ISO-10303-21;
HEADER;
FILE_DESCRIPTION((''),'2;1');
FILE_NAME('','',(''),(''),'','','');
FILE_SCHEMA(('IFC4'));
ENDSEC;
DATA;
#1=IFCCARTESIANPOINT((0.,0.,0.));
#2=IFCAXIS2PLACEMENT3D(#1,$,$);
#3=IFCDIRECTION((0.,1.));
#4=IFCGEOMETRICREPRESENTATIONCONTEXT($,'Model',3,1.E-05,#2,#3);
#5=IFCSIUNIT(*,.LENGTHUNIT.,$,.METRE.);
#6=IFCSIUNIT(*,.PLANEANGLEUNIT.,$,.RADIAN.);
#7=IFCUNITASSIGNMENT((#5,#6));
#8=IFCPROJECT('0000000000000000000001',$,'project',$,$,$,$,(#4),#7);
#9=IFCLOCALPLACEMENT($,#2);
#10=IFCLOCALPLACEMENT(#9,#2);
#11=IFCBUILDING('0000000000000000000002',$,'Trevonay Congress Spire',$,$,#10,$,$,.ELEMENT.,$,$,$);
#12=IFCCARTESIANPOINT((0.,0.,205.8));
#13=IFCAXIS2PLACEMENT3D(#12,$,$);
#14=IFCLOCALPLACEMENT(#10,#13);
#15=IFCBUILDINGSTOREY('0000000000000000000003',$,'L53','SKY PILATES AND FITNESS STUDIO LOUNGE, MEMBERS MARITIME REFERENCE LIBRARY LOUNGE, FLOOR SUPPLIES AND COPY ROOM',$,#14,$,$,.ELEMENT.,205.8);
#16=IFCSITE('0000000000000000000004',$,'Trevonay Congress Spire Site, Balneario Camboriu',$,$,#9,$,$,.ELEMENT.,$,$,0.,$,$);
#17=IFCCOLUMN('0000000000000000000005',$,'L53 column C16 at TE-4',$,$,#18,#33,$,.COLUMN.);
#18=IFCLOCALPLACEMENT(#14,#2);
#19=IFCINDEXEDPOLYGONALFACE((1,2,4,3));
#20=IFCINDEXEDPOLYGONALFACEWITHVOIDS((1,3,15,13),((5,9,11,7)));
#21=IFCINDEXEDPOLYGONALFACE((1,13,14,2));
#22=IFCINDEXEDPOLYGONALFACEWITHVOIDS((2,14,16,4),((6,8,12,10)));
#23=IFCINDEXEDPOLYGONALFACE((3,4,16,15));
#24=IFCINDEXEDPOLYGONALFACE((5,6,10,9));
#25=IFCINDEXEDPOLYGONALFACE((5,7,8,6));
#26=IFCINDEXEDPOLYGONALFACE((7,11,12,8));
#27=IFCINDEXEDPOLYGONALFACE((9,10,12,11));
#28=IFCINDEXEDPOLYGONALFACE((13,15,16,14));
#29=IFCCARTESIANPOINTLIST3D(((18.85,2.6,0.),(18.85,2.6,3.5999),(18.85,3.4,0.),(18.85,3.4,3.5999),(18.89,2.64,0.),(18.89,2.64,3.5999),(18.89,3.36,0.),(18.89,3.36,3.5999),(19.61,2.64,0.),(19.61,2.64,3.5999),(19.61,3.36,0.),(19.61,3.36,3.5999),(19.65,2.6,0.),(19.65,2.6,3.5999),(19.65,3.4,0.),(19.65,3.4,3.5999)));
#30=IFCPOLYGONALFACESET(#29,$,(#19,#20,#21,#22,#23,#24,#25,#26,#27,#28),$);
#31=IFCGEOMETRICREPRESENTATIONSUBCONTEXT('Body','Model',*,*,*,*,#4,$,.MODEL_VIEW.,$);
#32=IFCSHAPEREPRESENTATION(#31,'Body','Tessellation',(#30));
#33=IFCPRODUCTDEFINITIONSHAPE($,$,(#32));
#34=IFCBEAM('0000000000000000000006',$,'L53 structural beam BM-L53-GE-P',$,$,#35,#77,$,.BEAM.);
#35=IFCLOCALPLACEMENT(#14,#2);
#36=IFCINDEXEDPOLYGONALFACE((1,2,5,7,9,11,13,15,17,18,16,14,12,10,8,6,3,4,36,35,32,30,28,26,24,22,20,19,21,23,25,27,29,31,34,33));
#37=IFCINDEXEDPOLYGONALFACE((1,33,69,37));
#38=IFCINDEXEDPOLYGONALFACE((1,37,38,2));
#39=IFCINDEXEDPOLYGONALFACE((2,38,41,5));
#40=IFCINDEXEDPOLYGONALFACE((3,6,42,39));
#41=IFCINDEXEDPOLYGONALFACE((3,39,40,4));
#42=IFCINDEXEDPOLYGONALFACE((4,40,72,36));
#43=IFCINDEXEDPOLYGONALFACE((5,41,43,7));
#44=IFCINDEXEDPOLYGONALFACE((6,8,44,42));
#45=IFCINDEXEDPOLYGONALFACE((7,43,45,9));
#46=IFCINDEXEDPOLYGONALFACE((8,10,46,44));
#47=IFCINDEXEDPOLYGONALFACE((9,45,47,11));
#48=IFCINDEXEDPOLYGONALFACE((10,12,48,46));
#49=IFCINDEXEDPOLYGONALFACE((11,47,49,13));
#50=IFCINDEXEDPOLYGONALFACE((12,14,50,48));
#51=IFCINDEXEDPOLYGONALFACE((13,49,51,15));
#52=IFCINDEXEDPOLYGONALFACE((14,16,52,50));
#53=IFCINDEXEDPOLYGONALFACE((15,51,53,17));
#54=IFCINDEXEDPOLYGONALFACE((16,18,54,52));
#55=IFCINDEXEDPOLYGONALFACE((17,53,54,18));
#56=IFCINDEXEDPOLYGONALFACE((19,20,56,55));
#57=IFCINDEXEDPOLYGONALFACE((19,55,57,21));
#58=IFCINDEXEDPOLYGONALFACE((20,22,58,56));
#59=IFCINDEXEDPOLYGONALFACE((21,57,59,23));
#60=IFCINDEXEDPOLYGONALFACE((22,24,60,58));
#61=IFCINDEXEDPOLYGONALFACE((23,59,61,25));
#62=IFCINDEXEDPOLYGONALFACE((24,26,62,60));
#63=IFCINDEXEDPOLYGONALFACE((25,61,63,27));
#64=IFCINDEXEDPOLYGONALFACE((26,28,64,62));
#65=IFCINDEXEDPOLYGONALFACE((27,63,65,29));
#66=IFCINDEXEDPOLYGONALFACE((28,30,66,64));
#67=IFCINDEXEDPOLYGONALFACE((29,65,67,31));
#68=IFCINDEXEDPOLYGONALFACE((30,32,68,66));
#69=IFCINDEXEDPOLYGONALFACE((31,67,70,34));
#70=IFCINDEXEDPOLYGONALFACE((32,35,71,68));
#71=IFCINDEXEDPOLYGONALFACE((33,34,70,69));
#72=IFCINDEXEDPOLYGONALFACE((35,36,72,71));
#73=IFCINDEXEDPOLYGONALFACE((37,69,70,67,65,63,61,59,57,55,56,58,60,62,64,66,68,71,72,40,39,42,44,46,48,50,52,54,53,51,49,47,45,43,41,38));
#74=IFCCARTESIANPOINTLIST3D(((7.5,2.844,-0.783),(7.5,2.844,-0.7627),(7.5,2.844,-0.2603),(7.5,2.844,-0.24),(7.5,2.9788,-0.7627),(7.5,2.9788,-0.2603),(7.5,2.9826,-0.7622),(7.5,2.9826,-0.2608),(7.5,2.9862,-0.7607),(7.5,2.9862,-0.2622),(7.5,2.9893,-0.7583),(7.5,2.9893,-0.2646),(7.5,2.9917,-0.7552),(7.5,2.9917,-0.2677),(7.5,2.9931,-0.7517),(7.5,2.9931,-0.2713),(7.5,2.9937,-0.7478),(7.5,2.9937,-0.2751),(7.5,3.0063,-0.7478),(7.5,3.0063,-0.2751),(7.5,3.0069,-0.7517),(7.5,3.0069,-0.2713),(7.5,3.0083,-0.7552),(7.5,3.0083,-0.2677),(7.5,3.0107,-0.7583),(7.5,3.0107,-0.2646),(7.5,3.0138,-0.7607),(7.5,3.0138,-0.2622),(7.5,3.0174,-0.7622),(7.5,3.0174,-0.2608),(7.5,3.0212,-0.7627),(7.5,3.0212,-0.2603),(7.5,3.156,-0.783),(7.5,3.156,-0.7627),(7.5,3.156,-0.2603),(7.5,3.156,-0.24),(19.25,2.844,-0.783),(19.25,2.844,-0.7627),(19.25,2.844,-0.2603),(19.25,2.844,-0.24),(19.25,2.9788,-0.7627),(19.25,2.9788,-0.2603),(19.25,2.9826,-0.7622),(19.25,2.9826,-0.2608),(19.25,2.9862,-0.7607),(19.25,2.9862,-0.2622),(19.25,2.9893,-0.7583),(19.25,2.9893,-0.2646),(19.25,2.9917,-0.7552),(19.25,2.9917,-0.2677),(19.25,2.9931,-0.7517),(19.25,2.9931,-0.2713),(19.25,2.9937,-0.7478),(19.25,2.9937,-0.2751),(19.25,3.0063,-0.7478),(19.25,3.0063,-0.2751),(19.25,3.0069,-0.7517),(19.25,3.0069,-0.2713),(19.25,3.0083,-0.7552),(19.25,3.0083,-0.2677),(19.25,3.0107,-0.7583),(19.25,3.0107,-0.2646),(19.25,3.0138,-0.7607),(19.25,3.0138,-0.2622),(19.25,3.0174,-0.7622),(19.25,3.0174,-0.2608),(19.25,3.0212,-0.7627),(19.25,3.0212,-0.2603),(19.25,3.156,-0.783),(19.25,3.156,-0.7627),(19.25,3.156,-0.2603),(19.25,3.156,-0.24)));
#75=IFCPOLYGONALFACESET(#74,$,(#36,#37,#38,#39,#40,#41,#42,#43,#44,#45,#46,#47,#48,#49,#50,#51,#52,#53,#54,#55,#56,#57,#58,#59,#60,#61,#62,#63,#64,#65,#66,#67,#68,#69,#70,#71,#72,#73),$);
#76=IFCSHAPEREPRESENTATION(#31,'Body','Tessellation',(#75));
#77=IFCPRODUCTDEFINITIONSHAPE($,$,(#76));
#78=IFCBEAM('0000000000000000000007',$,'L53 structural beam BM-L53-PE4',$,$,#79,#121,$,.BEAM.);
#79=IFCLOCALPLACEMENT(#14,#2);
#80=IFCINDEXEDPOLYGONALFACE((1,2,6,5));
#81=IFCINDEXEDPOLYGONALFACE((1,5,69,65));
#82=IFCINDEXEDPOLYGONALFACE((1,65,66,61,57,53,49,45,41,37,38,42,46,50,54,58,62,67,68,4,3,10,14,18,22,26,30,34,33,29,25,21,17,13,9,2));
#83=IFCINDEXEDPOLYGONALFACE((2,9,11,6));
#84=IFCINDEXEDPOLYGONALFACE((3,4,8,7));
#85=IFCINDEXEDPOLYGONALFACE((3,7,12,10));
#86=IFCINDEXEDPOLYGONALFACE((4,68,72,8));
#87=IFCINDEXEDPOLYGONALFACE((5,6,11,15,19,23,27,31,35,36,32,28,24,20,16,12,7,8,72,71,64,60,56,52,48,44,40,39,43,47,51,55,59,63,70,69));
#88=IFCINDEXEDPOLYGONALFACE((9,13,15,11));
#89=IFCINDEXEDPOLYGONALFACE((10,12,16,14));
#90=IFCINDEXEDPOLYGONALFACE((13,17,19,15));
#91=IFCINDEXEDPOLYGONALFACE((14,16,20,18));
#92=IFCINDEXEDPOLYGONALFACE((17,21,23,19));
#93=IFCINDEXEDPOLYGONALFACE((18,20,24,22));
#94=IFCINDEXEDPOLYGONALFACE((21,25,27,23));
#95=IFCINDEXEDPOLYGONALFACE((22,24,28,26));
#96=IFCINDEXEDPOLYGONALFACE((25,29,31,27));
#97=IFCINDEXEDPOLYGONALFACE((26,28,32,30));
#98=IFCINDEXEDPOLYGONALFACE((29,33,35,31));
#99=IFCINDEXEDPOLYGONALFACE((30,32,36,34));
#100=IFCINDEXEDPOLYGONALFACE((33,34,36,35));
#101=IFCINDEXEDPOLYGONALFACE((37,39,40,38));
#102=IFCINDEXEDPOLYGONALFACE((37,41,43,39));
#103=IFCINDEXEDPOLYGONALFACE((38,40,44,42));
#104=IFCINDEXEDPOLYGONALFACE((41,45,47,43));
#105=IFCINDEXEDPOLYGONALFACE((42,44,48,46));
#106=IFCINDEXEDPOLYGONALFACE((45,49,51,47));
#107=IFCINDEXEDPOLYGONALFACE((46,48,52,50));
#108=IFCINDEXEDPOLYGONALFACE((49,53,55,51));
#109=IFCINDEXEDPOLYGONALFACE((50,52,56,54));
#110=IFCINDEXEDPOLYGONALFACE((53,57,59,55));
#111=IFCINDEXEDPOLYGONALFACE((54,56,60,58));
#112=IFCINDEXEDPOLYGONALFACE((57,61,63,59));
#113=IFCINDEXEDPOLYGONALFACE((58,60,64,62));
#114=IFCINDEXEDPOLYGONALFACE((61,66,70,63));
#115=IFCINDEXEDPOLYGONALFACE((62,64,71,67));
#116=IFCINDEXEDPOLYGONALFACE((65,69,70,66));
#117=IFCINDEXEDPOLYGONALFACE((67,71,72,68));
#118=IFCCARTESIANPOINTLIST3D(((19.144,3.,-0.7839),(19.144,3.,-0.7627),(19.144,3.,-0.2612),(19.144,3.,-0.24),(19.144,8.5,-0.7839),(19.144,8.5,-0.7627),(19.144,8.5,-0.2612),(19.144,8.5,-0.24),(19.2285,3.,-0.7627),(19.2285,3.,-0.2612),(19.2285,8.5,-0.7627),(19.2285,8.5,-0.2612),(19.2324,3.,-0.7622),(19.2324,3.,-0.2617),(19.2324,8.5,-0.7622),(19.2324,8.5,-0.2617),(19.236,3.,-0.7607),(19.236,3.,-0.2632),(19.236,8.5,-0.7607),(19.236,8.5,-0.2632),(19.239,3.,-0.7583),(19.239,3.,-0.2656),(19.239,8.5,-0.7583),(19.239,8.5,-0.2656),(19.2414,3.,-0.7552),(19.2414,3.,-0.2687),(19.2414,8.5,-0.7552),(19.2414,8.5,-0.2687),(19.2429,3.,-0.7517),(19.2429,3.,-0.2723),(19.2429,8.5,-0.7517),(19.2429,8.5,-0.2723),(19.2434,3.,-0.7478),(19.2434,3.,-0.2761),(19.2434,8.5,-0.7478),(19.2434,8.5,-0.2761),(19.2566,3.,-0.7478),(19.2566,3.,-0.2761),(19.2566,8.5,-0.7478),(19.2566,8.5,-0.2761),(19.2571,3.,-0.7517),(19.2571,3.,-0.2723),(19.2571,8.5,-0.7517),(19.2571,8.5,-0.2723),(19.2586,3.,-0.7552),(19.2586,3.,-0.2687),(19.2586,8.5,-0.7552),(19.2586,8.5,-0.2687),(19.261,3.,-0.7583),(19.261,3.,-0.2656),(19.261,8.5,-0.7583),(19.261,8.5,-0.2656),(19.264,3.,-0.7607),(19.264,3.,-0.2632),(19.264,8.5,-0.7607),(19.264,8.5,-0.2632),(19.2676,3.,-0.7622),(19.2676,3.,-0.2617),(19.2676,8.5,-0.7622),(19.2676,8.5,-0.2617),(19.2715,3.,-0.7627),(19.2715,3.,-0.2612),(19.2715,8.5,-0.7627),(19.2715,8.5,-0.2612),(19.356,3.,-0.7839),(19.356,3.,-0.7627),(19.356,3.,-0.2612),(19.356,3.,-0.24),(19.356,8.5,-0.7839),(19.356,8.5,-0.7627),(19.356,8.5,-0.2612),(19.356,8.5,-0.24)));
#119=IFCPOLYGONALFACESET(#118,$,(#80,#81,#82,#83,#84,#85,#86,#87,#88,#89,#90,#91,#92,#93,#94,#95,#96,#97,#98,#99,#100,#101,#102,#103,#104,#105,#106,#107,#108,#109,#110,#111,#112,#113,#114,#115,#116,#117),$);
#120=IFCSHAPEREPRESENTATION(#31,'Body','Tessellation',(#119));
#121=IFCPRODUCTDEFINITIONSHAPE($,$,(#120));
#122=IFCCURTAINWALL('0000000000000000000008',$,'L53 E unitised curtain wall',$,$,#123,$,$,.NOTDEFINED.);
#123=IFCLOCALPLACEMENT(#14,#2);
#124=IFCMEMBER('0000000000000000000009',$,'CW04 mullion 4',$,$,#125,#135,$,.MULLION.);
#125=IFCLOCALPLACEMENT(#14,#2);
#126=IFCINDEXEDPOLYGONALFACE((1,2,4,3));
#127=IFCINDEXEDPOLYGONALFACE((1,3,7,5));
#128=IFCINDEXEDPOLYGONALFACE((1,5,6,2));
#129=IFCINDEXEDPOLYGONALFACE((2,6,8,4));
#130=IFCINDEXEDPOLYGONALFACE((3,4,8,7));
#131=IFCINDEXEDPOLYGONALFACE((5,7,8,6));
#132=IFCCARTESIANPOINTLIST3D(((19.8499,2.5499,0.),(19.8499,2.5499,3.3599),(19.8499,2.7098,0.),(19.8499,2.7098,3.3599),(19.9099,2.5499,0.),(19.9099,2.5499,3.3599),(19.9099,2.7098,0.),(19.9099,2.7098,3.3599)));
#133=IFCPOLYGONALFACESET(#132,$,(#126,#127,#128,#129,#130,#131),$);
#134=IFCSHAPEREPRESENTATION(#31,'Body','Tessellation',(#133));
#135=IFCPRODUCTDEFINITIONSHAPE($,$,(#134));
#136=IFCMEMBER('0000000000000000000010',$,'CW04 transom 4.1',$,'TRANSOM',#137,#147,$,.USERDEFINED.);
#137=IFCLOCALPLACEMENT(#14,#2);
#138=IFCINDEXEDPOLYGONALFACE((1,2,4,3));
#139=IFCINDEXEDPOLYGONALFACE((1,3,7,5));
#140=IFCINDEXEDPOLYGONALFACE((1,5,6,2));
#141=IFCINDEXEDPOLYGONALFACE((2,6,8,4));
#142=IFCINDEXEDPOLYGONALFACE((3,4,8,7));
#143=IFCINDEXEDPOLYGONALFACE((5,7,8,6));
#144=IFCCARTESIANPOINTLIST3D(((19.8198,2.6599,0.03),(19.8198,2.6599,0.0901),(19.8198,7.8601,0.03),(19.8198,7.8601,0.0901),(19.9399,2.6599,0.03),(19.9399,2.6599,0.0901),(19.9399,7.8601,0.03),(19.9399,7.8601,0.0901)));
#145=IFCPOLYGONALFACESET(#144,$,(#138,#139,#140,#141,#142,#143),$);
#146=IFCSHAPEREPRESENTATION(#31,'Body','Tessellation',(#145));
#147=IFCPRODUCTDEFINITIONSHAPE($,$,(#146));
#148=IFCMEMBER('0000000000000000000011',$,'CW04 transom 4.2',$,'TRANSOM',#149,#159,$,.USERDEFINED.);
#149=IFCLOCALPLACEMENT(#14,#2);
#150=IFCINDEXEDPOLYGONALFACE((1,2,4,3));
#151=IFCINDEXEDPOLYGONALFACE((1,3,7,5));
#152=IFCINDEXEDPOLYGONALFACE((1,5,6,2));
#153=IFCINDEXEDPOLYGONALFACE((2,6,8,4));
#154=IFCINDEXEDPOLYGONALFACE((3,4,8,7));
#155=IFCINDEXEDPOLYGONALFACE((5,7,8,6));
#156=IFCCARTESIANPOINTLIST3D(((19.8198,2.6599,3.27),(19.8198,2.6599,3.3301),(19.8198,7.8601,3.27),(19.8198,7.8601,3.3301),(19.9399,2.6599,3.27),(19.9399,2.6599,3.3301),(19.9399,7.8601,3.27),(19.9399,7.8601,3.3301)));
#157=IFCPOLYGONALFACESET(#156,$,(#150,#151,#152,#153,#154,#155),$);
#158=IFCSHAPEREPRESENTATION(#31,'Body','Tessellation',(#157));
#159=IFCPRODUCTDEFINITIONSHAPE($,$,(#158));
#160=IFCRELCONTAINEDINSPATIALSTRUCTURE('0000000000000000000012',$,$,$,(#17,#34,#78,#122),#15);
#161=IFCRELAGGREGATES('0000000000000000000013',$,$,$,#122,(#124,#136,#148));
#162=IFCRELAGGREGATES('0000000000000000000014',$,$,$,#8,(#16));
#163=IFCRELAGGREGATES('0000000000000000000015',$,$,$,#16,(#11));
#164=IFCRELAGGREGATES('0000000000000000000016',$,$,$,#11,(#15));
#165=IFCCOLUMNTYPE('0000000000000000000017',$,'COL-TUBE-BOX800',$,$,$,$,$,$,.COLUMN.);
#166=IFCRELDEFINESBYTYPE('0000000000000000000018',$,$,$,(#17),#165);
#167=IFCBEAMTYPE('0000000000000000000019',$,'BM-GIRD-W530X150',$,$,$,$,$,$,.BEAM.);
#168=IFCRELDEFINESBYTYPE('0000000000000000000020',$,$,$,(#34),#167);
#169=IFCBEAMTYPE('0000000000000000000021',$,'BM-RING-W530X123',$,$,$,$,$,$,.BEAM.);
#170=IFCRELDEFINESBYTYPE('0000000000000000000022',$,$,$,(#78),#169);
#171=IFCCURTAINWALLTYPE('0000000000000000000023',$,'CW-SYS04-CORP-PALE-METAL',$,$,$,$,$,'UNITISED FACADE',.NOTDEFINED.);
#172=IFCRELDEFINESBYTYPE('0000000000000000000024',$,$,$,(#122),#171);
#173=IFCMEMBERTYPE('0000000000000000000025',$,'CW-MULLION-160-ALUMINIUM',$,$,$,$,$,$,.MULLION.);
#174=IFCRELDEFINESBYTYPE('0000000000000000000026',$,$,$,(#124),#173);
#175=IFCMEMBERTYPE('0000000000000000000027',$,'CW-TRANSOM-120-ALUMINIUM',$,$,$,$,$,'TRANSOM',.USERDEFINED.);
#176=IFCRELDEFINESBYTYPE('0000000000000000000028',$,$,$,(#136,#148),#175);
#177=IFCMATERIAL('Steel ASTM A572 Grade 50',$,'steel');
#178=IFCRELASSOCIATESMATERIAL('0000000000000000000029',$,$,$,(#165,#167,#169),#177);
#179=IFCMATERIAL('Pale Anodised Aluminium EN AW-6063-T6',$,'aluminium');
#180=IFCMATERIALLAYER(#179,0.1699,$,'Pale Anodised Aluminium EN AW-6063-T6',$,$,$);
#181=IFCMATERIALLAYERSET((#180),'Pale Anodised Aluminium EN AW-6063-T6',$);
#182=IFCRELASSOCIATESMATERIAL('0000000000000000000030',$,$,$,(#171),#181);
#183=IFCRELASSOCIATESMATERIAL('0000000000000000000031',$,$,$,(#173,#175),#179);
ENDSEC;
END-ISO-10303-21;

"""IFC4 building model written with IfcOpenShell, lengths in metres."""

from ifc_helpers import new_model, si_unit, direction, frame, origin, origin_2d, place, context, subcontext, project, spatial, rectangle, hollow_rectangle, i_section, extrude, material, layer, layer_set, material_profile, profile_set, type_object, element, aggregate, save


model = new_model("IFC4")

# Units and contexts
model_context = context("Model", 3, precision=1e-05, world=origin(), true_north=direction((0.0, 1.0)))
body_context = subcontext(model_context, "Body", "Model", "MODEL_VIEW")
ifc_project = project(units=[si_unit("LENGTHUNIT", "METRE"), si_unit("PLANEANGLEUNIT", "RADIAN")], contexts=[model_context])

# Site, building, storey
site_placement = place(None, origin())
site = spatial("IfcSite", under=ifc_project, at=site_placement, Name="Trevonay Congress Spire Site, Balneario Camboriu", CompositionType="ELEMENT", RefElevation=0.0)
building_placement = place(site_placement, origin())
building = spatial("IfcBuilding", under=site, at=building_placement, Name="Trevonay Congress Spire", CompositionType="ELEMENT")
storey_placement = place(building_placement, frame((0.0, 0.0, 205.8)))
storey = spatial("IfcBuildingStorey", under=building, at=storey_placement, Name="L53", Description="SKY PILATES AND FITNESS STUDIO LOUNGE, MEMBERS MARITIME REFERENCE LIBRARY LOUNGE, FLOOR SUPPLIES AND COPY ROOM", CompositionType="ELEMENT", Elevation=205.8)

# Column
ifc_material_1 = material(Name="Steel ASTM A572 Grade 50", Category="steel")
ifc_material_profile_1 = material_profile(ifc_material_1, hollow_rectangle(XDim=0.8, YDim=0.8, WallThickness=0.04, at=origin_2d()), Name="BOX 800x800x40")
ifc_profile_set_1 = profile_set([ifc_material_profile_1], Name="Steel ASTM A572 Grade 50")
column_type = type_object("IfcColumnType", Name="COL-TUBE-BOX800", PredefinedType="COLUMN", material=ifc_profile_set_1)
column_placement = place(storey_placement, frame((19.25, 3.0, 0.0), z_axis=(0.0, 0.0, 1.0), x_axis=(1.0, 0.0, 0.0)))
element("IfcColumn", 1, at=column_placement, inside=storey, type_object=column_type, Name="L53 column C16 at TE-4", PredefinedType="COLUMN", context=body_context, shape_type="SweptSolid", body=[
    extrude(hollow_rectangle(XDim=0.8, YDim=0.8, WallThickness=0.04, at=origin_2d()), origin(), (0.0, 0.0, 1.0), 3.5999),
])

# Beams
ifc_material_profile_2 = material_profile(ifc_material_1, i_section(OverallWidth=0.312, OverallDepth=0.543, WebThickness=0.0127, FlangeThickness=0.0203, FilletRadius=0.0149, at=origin_2d()), Name="W530x150")
ifc_profile_set_2 = profile_set([ifc_material_profile_2], Name="Steel ASTM A572 Grade 50")
beam_type_1 = type_object("IfcBeamType", Name="BM-GIRD-W530X150", PredefinedType="BEAM", material=ifc_profile_set_2)
beam_1_placement = place(storey_placement, frame((7.5, 3.0, -0.5115), z_axis=(1.0, 0.0, 0.0), x_axis=(0.0, 1.0, 0.0)))
element("IfcBeam", 2, at=beam_1_placement, inside=storey, type_object=beam_type_1, Name="L53 structural beam BM-L53-GE-P", PredefinedType="BEAM", context=body_context, shape_type="SweptSolid", body=[
    extrude(i_section(OverallWidth=0.312, OverallDepth=0.543, WebThickness=0.0127, FlangeThickness=0.0203, FilletRadius=0.0149, at=origin_2d()), origin(), (0.0, 0.0, 1.0), 11.75),
])
ifc_material_profile_3 = material_profile(ifc_material_1, i_section(OverallWidth=0.2119, OverallDepth=0.5439, WebThickness=0.0132, FlangeThickness=0.0212, FilletRadius=0.0149, at=origin_2d()), Name="W530x123")
ifc_profile_set_3 = profile_set([ifc_material_profile_3], Name="Steel ASTM A572 Grade 50")
beam_type_2 = type_object("IfcBeamType", Name="BM-RING-W530X123", PredefinedType="BEAM", material=ifc_profile_set_3)
beam_2_placement = place(storey_placement, frame((19.25, 3.0, -0.512), z_axis=(0.0, 1.0, 0.0), x_axis=(-1.0, 0.0, 0.0)))
element("IfcBeam", 3, at=beam_2_placement, inside=storey, type_object=beam_type_2, Name="L53 structural beam BM-L53-PE4", PredefinedType="BEAM", context=body_context, shape_type="SweptSolid", body=[
    extrude(i_section(OverallWidth=0.2119, OverallDepth=0.5439, WebThickness=0.0132, FlangeThickness=0.0212, FilletRadius=0.0149, at=origin_2d()), origin(), (0.0, 0.0, 1.0), 5.5),
])

# Curtain wall, members
ifc_material_2 = material(Name="Pale Anodised Aluminium EN AW-6063-T6", Category="aluminium")
ifc_layer_1 = layer(ifc_material_2, 0.1699, Name="Pale Anodised Aluminium EN AW-6063-T6")
ifc_layer_set_1 = layer_set([ifc_layer_1], Name="Pale Anodised Aluminium EN AW-6063-T6")
curtain_wall_type = type_object("IfcCurtainWallType", Name="CW-SYS04-CORP-PALE-METAL", ElementType="UNITISED FACADE", PredefinedType="NOTDEFINED", material=ifc_layer_set_1)
curtain_wall_placement = place(storey_placement, origin())
curtain_wall = element("IfcCurtainWall", 4, at=curtain_wall_placement, inside=storey, type_object=curtain_wall_type, Name="L53 E unitised curtain wall", PredefinedType="NOTDEFINED")
ifc_material_profile_4 = material_profile(ifc_material_2, rectangle(XDim=0.0601, YDim=0.1599, at=origin_2d()), Name="CW-MULLION-160-ALUMINIUM")
ifc_profile_set_4 = profile_set([ifc_material_profile_4], Name="Pale Anodised Aluminium EN AW-6063-T6")
member_type_1 = type_object("IfcMemberType", Name="CW-MULLION-160-ALUMINIUM", PredefinedType="MULLION", material=ifc_profile_set_4)
member_1_placement = place(storey_placement, frame((19.8799, 2.6299, 0.0), z_axis=(0.0, 0.0, 1.0), x_axis=(-1.0, 0.0, 0.0)))
member_1 = element("IfcMember", 5, at=member_1_placement, type_object=member_type_1, Name="CW04 mullion 4", PredefinedType="MULLION", context=body_context, shape_type="SweptSolid", body=[
    extrude(rectangle(XDim=0.0601, YDim=0.1599, at=origin_2d()), origin(), (0.0, 0.0, 1.0), 3.3599),
])
ifc_material_profile_5 = material_profile(ifc_material_2, rectangle(XDim=0.1201, YDim=0.0601, at=origin_2d()), Name="CW-TRANSOM-120-ALUMINIUM")
ifc_profile_set_5 = profile_set([ifc_material_profile_5], Name="Pale Anodised Aluminium EN AW-6063-T6")
member_type_2 = type_object("IfcMemberType", Name="CW-TRANSOM-120-ALUMINIUM", ElementType="TRANSOM", PredefinedType="USERDEFINED", material=ifc_profile_set_5)
member_2_placement = place(storey_placement, frame((19.8799, 2.6599, 0.0601), z_axis=(0.0, 1.0, 0.0), x_axis=(-1.0, 0.0, 0.0)))
member_2 = element("IfcMember", 6, at=member_2_placement, type_object=member_type_2, Name="CW04 transom 4.1", ObjectType="TRANSOM", PredefinedType="USERDEFINED", context=body_context, shape_type="SweptSolid", body=[
    extrude(rectangle(XDim=0.1201, YDim=0.0601, at=origin_2d()), origin(), (0.0, 0.0, 1.0), 5.2002),
])
member_3_placement = place(storey_placement, frame((19.8799, 2.6599, 3.3), z_axis=(0.0, 1.0, 0.0), x_axis=(-1.0, 0.0, 0.0)))
member_3 = element("IfcMember", 7, at=member_3_placement, type_object=member_type_2, Name="CW04 transom 4.2", ObjectType="TRANSOM", PredefinedType="USERDEFINED", context=body_context, shape_type="SweptSolid", body=[
    extrude(rectangle(XDim=0.1201, YDim=0.0601, at=origin_2d()), origin(), (0.0, 0.0, 1.0), 5.2002),
])

aggregate(curtain_wall, [member_1, member_2, member_3])

save(model, "model.ifc")
